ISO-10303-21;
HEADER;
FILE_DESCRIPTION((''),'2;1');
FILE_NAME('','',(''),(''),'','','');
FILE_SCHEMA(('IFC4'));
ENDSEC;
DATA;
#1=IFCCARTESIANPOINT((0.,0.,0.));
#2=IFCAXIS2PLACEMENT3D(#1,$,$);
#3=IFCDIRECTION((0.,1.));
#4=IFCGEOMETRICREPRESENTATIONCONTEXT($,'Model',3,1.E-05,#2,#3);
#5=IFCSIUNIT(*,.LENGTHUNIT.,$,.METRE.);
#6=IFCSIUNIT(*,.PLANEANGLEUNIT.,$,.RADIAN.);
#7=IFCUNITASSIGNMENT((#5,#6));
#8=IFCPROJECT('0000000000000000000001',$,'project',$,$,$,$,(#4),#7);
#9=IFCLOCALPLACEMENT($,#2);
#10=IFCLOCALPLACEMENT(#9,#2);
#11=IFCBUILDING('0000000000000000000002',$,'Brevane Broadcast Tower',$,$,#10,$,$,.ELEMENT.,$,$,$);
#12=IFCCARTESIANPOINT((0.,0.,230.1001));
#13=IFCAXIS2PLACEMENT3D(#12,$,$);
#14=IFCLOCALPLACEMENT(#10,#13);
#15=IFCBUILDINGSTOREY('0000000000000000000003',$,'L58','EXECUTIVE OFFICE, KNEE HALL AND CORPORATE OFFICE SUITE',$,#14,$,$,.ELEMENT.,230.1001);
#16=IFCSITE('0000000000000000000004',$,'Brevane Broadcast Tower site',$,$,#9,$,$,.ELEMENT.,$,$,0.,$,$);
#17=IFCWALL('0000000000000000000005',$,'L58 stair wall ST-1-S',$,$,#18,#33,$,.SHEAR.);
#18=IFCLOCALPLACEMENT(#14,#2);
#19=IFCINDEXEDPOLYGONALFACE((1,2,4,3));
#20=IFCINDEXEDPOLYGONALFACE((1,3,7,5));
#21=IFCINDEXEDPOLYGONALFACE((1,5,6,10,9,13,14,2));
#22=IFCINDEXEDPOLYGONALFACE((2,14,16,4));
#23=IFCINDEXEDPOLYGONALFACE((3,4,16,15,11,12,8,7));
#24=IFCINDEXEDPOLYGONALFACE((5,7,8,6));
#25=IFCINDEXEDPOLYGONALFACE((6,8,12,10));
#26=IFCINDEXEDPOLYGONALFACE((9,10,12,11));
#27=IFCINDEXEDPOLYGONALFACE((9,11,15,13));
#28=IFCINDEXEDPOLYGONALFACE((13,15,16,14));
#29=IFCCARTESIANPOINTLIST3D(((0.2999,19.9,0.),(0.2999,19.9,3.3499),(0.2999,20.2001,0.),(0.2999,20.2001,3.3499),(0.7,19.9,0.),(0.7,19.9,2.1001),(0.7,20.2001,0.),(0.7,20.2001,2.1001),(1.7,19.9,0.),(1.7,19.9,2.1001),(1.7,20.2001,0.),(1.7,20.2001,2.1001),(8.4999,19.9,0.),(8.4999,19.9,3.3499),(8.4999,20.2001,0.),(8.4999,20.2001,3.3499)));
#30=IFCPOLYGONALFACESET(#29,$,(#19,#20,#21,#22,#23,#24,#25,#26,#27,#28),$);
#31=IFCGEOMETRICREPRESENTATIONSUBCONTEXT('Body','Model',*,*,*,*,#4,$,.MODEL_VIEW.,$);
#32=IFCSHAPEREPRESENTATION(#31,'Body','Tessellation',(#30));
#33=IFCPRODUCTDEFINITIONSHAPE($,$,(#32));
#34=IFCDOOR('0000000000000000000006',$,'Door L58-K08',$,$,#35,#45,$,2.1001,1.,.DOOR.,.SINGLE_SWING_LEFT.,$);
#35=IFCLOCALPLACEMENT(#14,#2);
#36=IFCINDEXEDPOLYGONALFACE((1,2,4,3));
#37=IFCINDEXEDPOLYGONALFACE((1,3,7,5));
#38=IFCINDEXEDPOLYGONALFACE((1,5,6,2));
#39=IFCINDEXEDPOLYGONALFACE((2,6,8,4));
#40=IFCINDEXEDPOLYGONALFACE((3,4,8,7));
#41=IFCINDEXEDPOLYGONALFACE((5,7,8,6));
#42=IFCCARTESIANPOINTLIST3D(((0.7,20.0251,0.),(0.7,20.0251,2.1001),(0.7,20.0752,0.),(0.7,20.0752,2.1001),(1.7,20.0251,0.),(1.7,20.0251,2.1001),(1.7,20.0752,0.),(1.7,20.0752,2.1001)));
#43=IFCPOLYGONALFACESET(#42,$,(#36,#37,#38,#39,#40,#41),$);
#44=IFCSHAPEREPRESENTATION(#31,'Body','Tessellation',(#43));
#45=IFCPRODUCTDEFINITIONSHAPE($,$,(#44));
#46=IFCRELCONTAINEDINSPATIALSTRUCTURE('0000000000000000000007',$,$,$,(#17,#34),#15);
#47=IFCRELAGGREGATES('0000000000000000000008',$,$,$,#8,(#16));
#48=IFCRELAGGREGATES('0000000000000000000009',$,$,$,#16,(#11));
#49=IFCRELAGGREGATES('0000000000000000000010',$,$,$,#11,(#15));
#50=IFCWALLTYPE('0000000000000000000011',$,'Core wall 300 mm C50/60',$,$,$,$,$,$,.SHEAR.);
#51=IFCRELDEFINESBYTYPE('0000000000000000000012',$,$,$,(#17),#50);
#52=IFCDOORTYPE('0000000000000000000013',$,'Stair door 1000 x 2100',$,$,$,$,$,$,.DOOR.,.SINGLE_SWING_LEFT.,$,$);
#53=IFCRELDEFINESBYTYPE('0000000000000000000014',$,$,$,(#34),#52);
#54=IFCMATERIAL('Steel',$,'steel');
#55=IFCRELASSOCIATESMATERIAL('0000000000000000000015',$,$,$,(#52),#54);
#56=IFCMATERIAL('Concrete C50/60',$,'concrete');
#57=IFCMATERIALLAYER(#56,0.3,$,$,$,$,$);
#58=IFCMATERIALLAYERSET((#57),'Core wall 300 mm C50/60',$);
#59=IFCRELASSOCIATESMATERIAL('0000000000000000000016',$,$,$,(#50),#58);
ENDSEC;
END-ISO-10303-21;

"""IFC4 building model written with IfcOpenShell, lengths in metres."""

from ifc_helpers import new_model, si_unit, direction, frame, frame_2d, origin, place, context, subcontext, project, spatial, rectangle, extrude, material, layer, layer_set, type_object, element, fill, save


model = new_model("IFC4")

# Units and contexts
model_context = context("Model", 3, precision=1e-05, world=origin(), true_north=direction((0.0, 1.0)))
body_context = subcontext(model_context, "Body", "Model", "MODEL_VIEW")
ifc_project = project(units=[si_unit("LENGTHUNIT", "METRE"), si_unit("PLANEANGLEUNIT", "RADIAN")], contexts=[model_context])

# Site, building, storey
site_placement = place(None, origin())
site = spatial("IfcSite", under=ifc_project, at=site_placement, Name="Brevane Broadcast Tower site", CompositionType="ELEMENT", RefElevation=0.0)
building_placement = place(site_placement, origin())
building = spatial("IfcBuilding", under=site, at=building_placement, Name="Brevane Broadcast Tower", CompositionType="ELEMENT")
storey_placement = place(building_placement, frame((0.0, 0.0, 230.1001)))
storey = spatial("IfcBuildingStorey", under=building, at=storey_placement, Name="L58", Description="EXECUTIVE OFFICE, KNEE HALL AND CORPORATE OFFICE SUITE", CompositionType="ELEMENT", Elevation=230.1001)

# Shared definitions
ifc_material_1 = material(Name="Steel", Category="steel")

# Shared definitions
door_type_1 = type_object("IfcDoorType", Name="Stair door 1000 x 2100", OperationType="SINGLE_SWING_LEFT", PredefinedType="DOOR", material=ifc_material_1)

# Shared definitions
ifc_material_2 = material(Name="Concrete C50/60", Category="concrete")
ifc_layer_1 = layer(ifc_material_2, 0.3)
ifc_layer_set_1 = layer_set([ifc_layer_1], Name="Core wall 300 mm C50/60")
wall_type_1 = type_object("IfcWallType", Name="Core wall 300 mm C50/60", PredefinedType="SHEAR", material=ifc_layer_set_1)

# Wall, opening, door
wall_1_placement = place(storey_placement, frame((8.5, 20.05, 0.0), z_axis=(0.0, 0.0, 1.0), x_axis=(-1.0, 0.0, 0.0)))
wall_1 = element("IfcWall", 1, at=wall_1_placement, inside=storey, type_object=wall_type_1, Name="L58 stair wall ST-1-S", PredefinedType="SHEAR", context=body_context, shape_type="SweptSolid", body=[
    extrude(rectangle(XDim=8.2, YDim=0.3, at=frame_2d((4.1001, 0.0))), origin(), (0.0, 0.0, 1.0), 3.3499),
])
opening_1_placement = place(wall_1_placement, frame((6.8, 0.0, 0.0)))
opening_1 = element("IfcOpeningElement", 2, at=opening_1_placement, cuts=wall_1, PredefinedType="OPENING", context=body_context, shape_type="SweptSolid", body=[
    extrude(rectangle(XDim=1.0, YDim=2.1001, at=frame_2d((0.5, 1.05))), frame((0.0, 0.1599, 0.0), z_axis=(0.0, -1.0, 0.0), x_axis=(1.0, 0.0, 0.0)), (0.0, 0.0, 1.0), 0.3201),
])
door_1_placement = place(opening_1_placement, origin())
door_1 = element("IfcDoor", 3, at=door_1_placement, inside=storey, type_object=door_type_1, Name="Door L58-K08", OperationType="SINGLE_SWING_LEFT", OverallHeight=2.1001, OverallWidth=1.0, PredefinedType="DOOR", context=body_context, shape_type="SweptSolid", body=[
    extrude(rectangle(XDim=1.0, YDim=2.1001, at=frame_2d((0.5, 1.05))), frame((0.0, 0.0249, 0.0), z_axis=(0.0, -1.0, 0.0), x_axis=(1.0, 0.0, 0.0)), (0.0, 0.0, 1.0), 0.05),
])
fill(opening_1, door_1)

save(model, "model.ifc")
